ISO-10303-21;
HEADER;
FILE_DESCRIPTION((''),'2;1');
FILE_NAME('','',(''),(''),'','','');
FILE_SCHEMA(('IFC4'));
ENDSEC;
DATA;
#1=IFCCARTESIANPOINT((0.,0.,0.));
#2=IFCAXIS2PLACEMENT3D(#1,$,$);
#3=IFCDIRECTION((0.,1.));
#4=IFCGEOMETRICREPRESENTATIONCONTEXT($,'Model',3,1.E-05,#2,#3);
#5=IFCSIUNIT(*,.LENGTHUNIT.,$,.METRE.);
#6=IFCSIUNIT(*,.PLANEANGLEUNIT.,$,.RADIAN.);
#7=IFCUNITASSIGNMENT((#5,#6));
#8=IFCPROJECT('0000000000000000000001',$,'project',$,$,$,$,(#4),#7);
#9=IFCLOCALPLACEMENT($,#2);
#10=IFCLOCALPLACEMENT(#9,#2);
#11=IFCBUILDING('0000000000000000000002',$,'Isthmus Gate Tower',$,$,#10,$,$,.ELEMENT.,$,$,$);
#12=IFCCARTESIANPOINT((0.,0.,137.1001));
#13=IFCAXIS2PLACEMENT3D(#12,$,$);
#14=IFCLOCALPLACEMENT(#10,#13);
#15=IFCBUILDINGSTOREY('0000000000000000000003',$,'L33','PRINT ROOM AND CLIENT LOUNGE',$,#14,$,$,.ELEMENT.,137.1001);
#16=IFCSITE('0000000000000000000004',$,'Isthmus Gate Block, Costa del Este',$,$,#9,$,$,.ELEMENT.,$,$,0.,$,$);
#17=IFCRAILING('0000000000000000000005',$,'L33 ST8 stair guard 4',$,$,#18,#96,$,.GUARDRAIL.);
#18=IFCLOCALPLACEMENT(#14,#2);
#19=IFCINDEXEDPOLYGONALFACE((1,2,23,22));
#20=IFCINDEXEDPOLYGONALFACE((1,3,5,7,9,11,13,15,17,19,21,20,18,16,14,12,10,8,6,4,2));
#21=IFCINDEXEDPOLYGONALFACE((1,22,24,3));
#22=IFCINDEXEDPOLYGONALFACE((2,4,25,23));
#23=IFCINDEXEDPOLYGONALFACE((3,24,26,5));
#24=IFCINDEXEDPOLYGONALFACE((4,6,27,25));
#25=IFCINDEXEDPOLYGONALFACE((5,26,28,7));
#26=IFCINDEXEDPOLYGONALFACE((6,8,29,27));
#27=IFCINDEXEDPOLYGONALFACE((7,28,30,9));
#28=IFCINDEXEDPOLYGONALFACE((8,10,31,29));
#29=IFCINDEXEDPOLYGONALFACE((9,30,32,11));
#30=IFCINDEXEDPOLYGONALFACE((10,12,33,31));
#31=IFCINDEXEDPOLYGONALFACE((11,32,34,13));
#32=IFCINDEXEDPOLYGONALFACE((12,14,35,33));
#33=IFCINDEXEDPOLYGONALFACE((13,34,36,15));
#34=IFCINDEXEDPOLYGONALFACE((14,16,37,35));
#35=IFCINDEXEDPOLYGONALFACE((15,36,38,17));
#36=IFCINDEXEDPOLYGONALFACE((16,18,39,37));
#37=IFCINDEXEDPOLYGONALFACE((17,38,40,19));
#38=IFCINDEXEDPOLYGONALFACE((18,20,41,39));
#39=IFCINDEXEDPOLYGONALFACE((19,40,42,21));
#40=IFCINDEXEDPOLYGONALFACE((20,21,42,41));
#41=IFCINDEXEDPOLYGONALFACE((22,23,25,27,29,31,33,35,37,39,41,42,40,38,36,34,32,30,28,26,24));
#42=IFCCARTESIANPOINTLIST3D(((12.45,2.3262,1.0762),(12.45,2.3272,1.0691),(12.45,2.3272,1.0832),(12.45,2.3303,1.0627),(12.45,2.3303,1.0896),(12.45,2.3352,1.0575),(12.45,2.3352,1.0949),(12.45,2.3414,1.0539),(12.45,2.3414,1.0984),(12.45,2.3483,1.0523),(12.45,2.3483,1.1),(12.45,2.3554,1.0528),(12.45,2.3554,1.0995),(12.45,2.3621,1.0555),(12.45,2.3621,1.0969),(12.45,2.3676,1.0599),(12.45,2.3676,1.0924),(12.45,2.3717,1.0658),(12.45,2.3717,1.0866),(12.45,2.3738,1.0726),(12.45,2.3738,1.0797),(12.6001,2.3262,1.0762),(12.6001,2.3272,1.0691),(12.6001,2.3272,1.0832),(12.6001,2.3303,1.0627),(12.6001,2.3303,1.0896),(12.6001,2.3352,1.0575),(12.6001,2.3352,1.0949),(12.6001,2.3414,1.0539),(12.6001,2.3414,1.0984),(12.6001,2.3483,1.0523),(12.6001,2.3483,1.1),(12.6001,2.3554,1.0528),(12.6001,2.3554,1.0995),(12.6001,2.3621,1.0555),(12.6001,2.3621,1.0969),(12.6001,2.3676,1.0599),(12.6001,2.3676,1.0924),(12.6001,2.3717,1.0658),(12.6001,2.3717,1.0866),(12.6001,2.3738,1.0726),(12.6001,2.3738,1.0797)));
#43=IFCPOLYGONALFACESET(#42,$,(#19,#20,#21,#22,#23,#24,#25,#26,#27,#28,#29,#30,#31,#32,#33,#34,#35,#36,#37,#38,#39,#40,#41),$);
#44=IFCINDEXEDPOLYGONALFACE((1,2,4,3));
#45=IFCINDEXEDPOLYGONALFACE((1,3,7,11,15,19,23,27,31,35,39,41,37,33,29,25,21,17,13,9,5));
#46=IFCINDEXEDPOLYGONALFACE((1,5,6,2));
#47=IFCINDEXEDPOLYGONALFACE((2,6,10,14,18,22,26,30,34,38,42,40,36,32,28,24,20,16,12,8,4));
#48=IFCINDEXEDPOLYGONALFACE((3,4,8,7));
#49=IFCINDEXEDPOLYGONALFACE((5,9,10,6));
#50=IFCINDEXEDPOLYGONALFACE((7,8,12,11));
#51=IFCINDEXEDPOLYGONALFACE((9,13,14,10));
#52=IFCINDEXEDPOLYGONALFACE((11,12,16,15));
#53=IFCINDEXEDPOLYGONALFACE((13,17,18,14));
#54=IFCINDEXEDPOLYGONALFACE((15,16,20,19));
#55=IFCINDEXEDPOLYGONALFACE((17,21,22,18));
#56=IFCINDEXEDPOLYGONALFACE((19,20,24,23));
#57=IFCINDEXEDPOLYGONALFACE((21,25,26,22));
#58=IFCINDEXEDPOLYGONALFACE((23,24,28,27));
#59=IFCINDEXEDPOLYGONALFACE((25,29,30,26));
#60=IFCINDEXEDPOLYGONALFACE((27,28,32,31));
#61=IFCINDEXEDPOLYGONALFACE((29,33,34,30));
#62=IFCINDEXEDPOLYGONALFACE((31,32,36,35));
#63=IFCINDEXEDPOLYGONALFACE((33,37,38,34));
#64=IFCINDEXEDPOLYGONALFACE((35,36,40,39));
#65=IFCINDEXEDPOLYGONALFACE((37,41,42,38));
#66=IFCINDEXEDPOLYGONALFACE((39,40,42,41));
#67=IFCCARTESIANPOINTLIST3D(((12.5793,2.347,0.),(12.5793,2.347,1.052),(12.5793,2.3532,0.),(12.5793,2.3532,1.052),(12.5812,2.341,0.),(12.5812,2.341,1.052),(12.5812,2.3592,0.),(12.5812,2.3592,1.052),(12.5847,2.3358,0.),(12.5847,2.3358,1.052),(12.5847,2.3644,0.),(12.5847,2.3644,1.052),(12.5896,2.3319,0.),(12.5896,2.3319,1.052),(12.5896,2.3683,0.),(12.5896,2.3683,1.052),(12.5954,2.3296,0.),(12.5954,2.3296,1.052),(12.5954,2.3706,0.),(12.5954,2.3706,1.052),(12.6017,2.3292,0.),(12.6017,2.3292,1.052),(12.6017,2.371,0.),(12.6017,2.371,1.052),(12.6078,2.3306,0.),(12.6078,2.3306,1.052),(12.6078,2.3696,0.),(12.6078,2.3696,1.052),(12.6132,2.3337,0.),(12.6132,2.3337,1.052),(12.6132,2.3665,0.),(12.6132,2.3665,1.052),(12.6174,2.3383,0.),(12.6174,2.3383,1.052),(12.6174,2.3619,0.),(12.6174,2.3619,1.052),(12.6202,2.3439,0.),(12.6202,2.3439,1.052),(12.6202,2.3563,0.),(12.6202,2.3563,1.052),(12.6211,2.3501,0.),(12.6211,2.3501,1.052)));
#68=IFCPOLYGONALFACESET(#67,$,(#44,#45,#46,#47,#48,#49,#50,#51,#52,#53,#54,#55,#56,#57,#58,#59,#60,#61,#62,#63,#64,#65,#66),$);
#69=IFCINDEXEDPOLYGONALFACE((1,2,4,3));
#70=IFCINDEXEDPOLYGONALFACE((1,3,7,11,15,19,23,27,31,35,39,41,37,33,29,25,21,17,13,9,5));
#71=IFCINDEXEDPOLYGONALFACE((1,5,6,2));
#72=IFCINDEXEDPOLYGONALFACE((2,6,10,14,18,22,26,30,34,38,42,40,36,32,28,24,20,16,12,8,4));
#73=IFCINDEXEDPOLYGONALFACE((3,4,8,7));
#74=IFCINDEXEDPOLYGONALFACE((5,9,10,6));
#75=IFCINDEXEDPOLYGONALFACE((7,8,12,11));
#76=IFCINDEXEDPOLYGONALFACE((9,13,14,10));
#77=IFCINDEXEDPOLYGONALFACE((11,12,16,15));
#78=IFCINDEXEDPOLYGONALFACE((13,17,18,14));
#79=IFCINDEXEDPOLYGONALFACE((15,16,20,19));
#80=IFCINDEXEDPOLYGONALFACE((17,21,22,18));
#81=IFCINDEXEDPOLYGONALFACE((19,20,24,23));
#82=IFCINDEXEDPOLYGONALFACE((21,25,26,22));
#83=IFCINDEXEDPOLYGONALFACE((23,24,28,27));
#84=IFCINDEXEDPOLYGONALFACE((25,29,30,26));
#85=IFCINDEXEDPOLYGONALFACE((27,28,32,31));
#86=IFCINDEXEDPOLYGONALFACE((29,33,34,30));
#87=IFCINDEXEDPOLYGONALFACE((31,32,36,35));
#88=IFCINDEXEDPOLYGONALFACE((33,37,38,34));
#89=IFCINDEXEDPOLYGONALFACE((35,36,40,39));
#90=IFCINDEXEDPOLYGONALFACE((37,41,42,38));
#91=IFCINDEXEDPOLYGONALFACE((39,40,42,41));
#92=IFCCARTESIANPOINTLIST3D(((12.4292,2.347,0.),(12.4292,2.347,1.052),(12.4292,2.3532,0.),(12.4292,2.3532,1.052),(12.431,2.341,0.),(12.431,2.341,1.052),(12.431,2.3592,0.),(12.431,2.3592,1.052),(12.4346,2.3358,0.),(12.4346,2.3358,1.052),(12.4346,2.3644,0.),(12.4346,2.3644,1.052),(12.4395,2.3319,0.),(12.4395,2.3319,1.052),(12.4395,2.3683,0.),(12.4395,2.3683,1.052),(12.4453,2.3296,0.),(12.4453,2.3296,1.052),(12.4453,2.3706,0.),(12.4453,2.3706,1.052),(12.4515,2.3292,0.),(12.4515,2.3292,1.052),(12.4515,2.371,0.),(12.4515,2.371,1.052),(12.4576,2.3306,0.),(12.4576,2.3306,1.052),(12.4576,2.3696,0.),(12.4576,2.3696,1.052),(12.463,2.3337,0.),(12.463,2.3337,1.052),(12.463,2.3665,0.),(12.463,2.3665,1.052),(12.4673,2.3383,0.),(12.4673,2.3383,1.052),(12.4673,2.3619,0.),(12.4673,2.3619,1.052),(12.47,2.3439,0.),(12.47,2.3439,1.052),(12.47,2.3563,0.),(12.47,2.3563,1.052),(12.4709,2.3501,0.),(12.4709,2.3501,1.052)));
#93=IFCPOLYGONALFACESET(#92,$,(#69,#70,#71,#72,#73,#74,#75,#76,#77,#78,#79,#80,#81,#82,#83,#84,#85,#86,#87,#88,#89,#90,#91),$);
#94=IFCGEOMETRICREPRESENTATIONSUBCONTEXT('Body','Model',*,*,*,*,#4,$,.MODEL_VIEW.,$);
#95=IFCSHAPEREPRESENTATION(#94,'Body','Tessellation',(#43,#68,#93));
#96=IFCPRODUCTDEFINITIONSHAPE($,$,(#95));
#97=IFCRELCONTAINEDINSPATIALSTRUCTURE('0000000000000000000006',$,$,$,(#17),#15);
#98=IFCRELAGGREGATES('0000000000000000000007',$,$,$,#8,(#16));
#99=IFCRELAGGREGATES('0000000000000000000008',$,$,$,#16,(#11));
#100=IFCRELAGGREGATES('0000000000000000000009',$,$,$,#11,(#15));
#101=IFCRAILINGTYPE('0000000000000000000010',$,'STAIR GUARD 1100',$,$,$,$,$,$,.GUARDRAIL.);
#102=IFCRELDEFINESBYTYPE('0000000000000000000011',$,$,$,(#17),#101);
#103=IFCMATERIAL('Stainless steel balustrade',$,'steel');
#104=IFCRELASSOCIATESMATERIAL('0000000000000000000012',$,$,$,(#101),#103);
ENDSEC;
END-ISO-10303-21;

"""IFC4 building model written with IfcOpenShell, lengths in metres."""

from ifc_helpers import new_model, si_unit, direction, frame, origin, origin_2d, place, context, subcontext, project, spatial, circle, extrude, material, type_object, element, save


model = new_model("IFC4")

# Units and contexts
model_context = context("Model", 3, precision=1e-05, world=origin(), true_north=direction((0.0, 1.0)))
body_context = subcontext(model_context, "Body", "Model", "MODEL_VIEW")
ifc_project = project(units=[si_unit("LENGTHUNIT", "METRE"), si_unit("PLANEANGLEUNIT", "RADIAN")], contexts=[model_context])

# Site, building, storey
site_placement = place(None, origin())
site = spatial("IfcSite", under=ifc_project, at=site_placement, Name="Isthmus Gate Block, Costa del Este", CompositionType="ELEMENT", RefElevation=0.0)
building_placement = place(site_placement, origin())
building = spatial("IfcBuilding", under=site, at=building_placement, Name="Isthmus Gate Tower", CompositionType="ELEMENT")
storey_placement = place(building_placement, frame((0.0, 0.0, 137.1001)))
storey = spatial("IfcBuildingStorey", under=building, at=storey_placement, Name="L33", Description="PRINT ROOM AND CLIENT LOUNGE", CompositionType="ELEMENT", Elevation=137.1001)

# Railing
ifc_material_1 = material(Name="Stainless steel balustrade", Category="steel")
railing_type_1 = type_object("IfcRailingType", Name="STAIR GUARD 1100", PredefinedType="GUARDRAIL", material=ifc_material_1)
railing_1_placement = place(storey_placement, frame((12.6001, 2.3501, 0.0)))
element("IfcRailing", 1, at=railing_1_placement, inside=storey, type_object=railing_type_1, Name="L33 ST8 stair guard 4", PredefinedType="GUARDRAIL", context=body_context, shape_type="SweptSolid", body=[
    extrude(circle(Radius=0.0239, at=origin_2d()), frame((0.0, 0.0, 1.0762), z_axis=(-1.0, 0.0, 0.0), x_axis=(0.0, -1.0, 0.0)), (0.0, 0.0, 1.0), 0.1501),
    extrude(circle(Radius=0.021, at=origin_2d()), origin(), (0.0, 0.0, 1.0), 1.052),
    extrude(circle(Radius=0.021, at=origin_2d()), frame((-0.1501, 0.0, 0.0)), (0.0, 0.0, 1.0), 1.052),
])

save(model, "model.ifc")
